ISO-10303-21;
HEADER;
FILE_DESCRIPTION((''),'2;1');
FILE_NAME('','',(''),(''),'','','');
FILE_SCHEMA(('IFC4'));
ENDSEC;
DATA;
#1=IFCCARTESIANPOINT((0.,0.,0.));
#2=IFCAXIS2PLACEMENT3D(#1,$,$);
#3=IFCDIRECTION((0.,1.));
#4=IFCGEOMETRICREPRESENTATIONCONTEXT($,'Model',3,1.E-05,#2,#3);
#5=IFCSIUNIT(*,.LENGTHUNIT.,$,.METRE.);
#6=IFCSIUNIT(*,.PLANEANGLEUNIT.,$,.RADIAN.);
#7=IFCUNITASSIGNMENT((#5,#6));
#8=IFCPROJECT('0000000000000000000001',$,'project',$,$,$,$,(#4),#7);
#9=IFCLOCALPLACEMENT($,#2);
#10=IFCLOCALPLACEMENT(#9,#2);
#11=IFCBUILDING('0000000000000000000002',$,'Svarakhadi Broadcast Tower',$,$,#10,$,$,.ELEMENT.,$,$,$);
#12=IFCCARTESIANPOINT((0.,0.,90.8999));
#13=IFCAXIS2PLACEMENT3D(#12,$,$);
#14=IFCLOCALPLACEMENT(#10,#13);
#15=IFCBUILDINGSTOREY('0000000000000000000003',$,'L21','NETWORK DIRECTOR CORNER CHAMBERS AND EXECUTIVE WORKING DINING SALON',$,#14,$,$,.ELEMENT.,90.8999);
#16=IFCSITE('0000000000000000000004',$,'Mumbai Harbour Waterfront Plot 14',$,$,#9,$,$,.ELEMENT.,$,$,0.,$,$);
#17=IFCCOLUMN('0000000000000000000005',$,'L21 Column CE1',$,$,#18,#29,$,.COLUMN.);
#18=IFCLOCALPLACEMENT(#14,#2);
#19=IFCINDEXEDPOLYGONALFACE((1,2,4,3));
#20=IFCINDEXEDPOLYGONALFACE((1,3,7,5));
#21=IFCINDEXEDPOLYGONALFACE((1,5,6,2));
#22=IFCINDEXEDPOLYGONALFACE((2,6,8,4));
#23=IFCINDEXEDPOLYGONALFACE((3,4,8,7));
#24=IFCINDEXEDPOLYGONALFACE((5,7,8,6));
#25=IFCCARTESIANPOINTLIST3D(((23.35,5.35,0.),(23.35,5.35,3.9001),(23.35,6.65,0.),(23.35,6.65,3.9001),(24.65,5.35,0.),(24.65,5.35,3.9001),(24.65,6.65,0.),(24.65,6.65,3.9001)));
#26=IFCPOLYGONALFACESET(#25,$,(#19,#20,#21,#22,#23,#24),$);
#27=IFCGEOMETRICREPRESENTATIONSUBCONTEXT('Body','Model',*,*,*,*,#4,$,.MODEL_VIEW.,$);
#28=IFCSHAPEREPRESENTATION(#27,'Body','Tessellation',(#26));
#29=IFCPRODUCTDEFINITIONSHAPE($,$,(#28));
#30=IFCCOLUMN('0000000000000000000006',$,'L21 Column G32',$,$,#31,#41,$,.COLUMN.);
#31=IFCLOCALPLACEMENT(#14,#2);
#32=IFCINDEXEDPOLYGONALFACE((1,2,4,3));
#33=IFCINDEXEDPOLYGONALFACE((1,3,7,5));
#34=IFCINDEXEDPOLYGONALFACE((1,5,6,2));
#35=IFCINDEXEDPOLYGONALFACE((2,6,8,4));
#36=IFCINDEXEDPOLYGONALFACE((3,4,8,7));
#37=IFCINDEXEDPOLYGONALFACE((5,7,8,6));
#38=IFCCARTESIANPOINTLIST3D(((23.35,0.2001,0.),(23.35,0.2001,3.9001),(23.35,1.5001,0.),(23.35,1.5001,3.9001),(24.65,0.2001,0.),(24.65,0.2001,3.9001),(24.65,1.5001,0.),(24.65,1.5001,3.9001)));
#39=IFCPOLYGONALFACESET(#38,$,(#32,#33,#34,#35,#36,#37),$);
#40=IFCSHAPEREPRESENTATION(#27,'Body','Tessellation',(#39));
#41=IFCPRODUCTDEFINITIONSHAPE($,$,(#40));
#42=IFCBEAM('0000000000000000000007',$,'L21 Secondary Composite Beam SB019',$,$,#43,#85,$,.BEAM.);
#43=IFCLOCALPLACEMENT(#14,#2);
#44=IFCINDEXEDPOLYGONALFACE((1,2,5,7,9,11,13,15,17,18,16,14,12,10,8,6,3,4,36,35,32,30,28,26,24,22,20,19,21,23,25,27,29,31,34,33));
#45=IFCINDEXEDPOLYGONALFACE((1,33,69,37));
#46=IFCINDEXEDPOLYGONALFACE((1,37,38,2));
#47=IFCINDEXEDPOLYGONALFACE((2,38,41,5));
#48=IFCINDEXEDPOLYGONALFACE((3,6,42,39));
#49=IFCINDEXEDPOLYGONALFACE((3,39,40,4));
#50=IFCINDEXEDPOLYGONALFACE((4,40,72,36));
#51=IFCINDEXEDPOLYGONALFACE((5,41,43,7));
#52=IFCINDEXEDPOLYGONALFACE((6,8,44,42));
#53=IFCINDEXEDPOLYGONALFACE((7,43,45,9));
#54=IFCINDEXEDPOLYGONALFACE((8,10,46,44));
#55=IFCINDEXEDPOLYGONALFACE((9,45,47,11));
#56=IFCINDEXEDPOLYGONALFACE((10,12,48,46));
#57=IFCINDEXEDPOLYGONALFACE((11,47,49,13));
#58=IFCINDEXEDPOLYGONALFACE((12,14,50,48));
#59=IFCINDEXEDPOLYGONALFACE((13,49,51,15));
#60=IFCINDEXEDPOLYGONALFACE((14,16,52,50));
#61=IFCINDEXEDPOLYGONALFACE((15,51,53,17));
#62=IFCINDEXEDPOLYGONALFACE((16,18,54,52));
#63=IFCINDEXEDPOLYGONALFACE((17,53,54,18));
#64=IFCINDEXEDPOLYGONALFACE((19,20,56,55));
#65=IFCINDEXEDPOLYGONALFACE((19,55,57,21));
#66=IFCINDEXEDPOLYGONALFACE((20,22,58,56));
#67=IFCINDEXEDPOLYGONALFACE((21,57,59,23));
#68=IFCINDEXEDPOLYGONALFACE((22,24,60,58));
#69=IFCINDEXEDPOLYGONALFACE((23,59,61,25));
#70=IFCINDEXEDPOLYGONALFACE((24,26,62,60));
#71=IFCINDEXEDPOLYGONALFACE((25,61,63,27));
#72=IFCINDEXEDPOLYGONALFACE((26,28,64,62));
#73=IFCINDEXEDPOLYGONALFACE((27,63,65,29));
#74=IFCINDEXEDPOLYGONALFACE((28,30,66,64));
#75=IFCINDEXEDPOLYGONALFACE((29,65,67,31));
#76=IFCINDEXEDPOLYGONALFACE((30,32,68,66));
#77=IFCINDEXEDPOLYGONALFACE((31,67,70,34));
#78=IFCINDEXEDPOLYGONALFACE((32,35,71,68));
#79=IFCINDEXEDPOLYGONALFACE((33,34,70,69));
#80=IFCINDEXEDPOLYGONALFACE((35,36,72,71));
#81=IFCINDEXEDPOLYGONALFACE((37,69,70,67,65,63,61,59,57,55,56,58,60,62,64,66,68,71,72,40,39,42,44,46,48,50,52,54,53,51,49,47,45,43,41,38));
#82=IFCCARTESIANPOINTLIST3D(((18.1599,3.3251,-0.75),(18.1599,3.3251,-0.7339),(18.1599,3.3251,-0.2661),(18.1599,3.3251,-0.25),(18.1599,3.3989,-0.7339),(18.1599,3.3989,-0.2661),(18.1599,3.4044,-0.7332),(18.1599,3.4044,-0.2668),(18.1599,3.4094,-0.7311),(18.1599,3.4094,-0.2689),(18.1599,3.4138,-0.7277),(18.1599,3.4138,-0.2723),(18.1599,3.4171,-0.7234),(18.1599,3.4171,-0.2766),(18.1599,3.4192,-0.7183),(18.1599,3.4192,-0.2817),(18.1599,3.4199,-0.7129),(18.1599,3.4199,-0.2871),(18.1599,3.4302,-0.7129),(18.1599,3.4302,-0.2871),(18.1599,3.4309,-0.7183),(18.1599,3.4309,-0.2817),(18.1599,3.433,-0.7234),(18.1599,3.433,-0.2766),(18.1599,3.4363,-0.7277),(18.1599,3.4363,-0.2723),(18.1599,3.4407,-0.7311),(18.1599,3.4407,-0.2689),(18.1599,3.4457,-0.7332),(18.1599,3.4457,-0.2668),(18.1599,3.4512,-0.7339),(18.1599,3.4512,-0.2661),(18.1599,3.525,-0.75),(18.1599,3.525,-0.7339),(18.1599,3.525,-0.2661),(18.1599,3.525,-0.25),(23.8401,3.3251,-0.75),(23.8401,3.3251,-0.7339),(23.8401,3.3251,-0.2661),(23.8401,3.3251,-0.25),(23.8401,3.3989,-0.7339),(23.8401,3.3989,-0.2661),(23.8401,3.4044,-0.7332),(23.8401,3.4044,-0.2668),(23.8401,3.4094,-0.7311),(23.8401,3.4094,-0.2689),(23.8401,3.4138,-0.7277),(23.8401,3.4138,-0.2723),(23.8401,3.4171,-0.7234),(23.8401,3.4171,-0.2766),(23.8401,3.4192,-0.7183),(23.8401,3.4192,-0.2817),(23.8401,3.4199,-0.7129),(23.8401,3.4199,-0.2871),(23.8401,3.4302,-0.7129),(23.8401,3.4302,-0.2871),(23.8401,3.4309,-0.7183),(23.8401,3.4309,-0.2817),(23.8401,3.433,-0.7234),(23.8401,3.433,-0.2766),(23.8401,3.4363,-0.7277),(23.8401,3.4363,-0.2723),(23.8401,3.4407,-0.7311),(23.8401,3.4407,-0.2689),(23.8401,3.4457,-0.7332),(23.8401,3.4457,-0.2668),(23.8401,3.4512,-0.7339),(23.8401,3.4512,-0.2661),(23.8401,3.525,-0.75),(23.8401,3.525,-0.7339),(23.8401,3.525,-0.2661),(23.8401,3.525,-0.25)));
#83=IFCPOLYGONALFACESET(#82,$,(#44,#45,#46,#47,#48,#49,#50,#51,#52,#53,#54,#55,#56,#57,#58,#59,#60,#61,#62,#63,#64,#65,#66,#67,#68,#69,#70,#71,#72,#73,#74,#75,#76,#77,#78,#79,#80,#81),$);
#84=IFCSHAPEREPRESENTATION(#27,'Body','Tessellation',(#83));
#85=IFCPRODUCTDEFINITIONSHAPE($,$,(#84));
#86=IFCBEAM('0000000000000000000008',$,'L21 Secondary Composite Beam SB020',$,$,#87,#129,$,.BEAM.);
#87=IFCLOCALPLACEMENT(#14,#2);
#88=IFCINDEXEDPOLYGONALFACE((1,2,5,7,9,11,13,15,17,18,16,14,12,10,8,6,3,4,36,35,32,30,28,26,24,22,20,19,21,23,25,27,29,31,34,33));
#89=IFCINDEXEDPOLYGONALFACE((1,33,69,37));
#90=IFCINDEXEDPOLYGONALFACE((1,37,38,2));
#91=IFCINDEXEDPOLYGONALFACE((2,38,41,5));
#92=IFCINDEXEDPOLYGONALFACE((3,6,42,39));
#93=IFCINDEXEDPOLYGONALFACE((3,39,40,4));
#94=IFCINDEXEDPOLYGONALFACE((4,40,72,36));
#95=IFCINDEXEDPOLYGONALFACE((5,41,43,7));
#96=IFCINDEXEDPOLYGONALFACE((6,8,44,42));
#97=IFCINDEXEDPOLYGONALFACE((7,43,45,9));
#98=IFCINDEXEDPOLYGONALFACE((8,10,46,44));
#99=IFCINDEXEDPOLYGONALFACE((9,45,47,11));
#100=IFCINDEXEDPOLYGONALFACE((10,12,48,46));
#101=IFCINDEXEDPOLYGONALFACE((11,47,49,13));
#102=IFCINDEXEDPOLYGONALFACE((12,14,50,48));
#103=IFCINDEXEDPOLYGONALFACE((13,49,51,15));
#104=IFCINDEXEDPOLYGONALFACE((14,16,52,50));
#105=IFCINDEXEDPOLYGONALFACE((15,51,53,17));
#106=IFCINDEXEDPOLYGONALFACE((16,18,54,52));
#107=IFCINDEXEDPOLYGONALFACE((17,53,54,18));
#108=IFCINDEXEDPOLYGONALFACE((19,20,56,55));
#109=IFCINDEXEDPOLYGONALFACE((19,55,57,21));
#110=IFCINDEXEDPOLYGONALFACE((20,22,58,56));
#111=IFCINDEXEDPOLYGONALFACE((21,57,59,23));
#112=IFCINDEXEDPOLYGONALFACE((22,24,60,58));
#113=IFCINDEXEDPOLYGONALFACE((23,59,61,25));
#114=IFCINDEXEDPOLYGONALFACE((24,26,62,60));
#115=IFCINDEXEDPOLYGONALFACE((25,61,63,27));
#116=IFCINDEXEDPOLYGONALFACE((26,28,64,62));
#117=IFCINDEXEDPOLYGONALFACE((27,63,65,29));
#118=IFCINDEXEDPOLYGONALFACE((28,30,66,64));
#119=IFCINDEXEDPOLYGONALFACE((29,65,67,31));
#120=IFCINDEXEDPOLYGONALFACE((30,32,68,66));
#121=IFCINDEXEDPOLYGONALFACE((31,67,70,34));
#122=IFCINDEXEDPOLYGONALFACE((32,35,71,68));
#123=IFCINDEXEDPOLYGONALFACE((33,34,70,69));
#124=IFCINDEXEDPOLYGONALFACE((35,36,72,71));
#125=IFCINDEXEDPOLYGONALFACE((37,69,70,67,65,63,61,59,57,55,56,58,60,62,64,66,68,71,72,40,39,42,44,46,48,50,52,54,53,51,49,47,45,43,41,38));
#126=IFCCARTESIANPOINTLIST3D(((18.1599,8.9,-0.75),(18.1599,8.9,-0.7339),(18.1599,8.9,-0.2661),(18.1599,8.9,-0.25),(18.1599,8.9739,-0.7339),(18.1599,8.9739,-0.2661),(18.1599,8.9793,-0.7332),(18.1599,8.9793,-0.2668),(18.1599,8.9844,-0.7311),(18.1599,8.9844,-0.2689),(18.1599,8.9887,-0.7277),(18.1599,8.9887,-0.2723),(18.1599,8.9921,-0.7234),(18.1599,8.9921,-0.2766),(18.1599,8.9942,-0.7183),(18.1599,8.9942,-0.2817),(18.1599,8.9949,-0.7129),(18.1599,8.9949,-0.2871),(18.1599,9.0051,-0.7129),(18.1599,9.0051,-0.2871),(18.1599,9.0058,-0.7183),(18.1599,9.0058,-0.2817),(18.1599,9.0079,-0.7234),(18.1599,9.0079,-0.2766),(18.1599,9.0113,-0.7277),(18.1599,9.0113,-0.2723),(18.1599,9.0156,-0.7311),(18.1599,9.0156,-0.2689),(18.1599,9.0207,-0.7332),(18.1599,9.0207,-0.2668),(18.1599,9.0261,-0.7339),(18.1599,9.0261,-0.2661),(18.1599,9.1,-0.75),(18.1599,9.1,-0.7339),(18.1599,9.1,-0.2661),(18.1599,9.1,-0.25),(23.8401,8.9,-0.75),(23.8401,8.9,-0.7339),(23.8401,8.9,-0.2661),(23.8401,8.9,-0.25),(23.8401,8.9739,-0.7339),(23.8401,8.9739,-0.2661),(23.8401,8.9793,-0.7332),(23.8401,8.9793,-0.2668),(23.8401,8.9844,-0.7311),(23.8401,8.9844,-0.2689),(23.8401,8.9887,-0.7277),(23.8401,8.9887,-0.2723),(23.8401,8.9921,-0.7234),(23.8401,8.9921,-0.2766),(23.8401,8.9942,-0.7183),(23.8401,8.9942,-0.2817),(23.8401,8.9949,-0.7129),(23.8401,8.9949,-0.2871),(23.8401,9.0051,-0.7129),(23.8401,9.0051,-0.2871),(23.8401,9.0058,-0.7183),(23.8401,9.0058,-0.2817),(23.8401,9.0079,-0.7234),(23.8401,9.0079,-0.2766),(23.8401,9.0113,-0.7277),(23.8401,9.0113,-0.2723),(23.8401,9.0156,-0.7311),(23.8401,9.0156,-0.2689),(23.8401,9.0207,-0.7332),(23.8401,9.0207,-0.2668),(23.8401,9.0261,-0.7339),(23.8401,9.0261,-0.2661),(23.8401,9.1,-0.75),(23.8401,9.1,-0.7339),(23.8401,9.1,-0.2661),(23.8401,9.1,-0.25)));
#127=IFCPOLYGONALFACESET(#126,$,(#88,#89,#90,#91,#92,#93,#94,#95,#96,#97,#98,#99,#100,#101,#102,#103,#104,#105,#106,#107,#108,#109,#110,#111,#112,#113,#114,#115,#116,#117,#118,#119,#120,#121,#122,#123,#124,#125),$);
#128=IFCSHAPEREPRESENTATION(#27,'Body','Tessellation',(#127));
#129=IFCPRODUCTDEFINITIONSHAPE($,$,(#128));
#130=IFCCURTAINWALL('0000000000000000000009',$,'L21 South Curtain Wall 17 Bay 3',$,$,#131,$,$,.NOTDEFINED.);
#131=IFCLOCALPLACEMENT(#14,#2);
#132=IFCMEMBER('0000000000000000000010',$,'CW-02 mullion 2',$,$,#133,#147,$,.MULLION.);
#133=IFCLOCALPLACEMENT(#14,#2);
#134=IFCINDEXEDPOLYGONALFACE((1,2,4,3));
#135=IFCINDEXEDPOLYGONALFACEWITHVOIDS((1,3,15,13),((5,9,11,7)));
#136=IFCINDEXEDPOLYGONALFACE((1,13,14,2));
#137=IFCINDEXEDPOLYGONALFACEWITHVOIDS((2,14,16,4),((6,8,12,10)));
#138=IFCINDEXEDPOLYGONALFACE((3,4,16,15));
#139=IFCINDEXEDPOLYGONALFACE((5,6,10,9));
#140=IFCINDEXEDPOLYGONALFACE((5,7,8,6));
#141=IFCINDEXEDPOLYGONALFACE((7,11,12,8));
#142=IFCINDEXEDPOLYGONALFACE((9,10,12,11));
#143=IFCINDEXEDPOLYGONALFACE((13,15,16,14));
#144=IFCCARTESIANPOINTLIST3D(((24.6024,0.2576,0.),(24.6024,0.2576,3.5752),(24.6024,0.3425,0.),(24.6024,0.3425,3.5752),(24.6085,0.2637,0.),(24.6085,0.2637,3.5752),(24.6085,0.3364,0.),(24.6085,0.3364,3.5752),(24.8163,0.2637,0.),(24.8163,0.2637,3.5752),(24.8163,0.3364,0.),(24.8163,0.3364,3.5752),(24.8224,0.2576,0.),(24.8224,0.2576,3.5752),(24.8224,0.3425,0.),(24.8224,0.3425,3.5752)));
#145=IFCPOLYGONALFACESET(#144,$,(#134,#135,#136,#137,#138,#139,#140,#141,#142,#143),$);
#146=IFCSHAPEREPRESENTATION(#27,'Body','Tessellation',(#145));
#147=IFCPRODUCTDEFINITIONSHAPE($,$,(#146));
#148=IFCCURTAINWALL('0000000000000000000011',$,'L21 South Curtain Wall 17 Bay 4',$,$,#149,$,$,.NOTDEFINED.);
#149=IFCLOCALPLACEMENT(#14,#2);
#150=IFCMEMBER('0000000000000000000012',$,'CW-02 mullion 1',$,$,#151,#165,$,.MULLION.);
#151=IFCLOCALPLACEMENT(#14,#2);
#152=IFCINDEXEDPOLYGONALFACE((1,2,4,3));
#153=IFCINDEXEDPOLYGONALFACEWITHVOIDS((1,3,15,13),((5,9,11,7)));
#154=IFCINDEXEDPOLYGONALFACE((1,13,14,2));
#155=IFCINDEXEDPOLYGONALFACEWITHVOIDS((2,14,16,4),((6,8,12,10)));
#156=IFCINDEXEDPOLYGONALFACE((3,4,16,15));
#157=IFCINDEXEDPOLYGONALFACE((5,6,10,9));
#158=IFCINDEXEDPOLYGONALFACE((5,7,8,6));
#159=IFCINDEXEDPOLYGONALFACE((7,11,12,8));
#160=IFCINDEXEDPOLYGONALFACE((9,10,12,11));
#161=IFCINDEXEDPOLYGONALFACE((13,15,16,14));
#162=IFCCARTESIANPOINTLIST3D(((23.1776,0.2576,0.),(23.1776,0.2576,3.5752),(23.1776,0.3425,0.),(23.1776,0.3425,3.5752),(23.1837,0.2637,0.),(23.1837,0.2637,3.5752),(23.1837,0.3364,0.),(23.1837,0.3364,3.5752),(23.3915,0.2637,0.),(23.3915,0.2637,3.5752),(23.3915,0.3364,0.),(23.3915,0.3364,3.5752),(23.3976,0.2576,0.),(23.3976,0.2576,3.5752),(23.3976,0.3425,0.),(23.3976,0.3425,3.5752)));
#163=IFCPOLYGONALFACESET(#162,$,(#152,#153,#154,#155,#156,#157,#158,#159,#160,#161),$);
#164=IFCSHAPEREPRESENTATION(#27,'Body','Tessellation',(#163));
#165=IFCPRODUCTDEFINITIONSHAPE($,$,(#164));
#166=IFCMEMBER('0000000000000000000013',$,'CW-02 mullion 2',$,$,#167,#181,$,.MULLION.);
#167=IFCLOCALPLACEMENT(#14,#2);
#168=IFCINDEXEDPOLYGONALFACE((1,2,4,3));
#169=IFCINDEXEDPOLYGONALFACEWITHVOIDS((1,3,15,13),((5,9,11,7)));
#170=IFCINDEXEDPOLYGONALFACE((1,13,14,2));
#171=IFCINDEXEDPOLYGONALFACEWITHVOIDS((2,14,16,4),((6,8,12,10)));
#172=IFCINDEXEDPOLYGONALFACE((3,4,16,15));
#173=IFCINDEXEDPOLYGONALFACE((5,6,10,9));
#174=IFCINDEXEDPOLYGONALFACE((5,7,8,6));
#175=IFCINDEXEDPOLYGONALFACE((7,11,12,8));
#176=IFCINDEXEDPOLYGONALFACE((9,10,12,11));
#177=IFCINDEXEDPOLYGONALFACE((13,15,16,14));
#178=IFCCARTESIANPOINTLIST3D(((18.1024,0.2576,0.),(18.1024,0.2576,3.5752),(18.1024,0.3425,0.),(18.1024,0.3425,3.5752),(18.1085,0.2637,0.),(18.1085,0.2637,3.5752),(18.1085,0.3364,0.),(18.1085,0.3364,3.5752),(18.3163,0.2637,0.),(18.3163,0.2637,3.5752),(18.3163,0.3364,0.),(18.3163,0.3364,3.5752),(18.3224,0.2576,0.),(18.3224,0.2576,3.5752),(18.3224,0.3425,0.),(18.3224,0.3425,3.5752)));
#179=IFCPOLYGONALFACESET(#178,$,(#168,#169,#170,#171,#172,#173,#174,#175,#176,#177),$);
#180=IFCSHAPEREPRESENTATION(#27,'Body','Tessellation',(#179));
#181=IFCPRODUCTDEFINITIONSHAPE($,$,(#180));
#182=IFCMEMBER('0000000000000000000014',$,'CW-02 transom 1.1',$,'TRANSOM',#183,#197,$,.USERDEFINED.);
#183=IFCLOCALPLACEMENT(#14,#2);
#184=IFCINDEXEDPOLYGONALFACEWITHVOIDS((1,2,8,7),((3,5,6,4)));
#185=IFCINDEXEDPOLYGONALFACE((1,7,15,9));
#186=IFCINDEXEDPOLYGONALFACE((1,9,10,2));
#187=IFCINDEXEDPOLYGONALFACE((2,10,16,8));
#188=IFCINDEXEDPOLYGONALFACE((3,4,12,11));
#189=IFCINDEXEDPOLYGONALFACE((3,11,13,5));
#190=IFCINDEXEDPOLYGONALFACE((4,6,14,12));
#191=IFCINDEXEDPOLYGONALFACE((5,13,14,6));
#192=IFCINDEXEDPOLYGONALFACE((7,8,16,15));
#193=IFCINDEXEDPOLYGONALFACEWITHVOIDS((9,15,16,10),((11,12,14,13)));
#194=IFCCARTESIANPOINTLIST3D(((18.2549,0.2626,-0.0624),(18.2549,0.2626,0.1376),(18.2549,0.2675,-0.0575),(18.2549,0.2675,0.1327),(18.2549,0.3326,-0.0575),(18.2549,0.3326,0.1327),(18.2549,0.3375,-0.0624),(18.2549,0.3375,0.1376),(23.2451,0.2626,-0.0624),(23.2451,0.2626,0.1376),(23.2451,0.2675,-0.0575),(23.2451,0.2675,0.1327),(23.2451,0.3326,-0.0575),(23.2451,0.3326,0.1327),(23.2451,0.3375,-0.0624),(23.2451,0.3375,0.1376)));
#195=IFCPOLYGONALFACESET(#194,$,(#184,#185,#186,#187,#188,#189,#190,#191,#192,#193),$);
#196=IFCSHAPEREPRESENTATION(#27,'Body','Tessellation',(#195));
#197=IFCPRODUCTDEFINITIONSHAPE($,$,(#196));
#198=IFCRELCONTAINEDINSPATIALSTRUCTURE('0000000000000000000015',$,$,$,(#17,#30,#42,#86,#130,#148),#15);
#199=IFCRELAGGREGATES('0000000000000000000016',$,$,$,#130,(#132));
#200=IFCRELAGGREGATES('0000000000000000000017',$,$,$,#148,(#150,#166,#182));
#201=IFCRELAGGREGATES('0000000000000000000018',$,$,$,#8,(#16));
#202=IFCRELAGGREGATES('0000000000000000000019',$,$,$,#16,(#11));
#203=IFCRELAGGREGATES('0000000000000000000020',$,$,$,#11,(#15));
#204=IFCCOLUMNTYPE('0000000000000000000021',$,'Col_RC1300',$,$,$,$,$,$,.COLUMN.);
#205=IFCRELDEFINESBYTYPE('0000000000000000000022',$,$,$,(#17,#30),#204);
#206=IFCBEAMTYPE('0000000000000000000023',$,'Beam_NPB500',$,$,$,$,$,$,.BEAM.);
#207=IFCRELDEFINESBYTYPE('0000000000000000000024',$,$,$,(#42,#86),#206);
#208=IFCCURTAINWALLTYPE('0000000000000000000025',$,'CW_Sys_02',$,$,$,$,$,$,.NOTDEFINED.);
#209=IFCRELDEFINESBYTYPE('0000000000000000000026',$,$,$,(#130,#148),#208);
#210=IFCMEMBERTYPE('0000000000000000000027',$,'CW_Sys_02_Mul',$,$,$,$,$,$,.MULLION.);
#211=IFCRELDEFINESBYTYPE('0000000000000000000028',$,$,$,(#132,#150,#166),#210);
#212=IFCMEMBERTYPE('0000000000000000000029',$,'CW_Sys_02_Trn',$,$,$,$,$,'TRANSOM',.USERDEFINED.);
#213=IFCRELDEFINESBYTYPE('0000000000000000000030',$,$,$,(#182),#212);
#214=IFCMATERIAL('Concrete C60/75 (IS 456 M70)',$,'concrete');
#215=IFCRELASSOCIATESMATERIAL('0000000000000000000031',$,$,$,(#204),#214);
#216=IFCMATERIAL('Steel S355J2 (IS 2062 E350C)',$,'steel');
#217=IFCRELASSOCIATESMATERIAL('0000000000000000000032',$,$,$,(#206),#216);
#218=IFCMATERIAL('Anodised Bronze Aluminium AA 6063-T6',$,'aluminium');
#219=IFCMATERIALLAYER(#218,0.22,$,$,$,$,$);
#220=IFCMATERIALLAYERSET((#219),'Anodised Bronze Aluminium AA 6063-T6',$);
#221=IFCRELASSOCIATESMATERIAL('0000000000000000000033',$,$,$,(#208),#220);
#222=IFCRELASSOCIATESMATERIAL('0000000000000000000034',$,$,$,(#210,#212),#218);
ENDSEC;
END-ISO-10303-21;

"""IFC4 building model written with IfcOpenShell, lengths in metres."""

from ifc_helpers import new_model, si_unit, direction, frame, origin, origin_2d, place, context, subcontext, project, spatial, rectangle, hollow_rectangle, i_section, extrude, material, layer, layer_set, material_profile, profile_set, type_object, element, aggregate, save


model = new_model("IFC4")

# Units and contexts
model_context = context("Model", 3, precision=1e-05, world=origin(), true_north=direction((0.0, 1.0)))
body_context = subcontext(model_context, "Body", "Model", "MODEL_VIEW")
ifc_project = project(units=[si_unit("LENGTHUNIT", "METRE"), si_unit("PLANEANGLEUNIT", "RADIAN")], contexts=[model_context])

# Site, building, storey
site_placement = place(None, origin())
site = spatial("IfcSite", under=ifc_project, at=site_placement, Name="Mumbai Harbour Waterfront Plot 14", CompositionType="ELEMENT", RefElevation=0.0)
building_placement = place(site_placement, origin())
building = spatial("IfcBuilding", under=site, at=building_placement, Name="Svarakhadi Broadcast Tower", CompositionType="ELEMENT")
storey_placement = place(building_placement, frame((0.0, 0.0, 90.8999)))
storey = spatial("IfcBuildingStorey", under=building, at=storey_placement, Name="L21", Description="NETWORK DIRECTOR CORNER CHAMBERS AND EXECUTIVE WORKING DINING SALON", CompositionType="ELEMENT", Elevation=90.8999)

# Columns
ifc_material_1 = material(Name="Concrete C60/75 (IS 456 M70)", Category="concrete")
ifc_material_profile_1 = material_profile(ifc_material_1, rectangle(XDim=1.3, YDim=1.3, at=origin_2d()), Name="RC 1300x1300")
ifc_profile_set_1 = profile_set([ifc_material_profile_1], Name="Concrete C60/75 (IS 456 M70)")
column_type = type_object("IfcColumnType", Name="Col_RC1300", PredefinedType="COLUMN", material=ifc_profile_set_1)
for number, where, z_axis, x_axis, name in (
    (1, (24.0, 6.0, 0.0), (0.0, 0.0, 1.0), (1.0, 0.0, 0.0), "L21 Column CE1"),
    (2, (24.0, 0.8501, 0.0), (0.0, 0.0, 1.0), (1.0, 0.0, 0.0), "L21 Column G32"),
):
    element("IfcColumn", number, at=place(storey_placement, frame(where, z_axis=z_axis, x_axis=x_axis)), inside=storey, type_object=column_type, Name=name, PredefinedType="COLUMN", context=body_context, shape_type="SweptSolid", body=[
        extrude(rectangle(XDim=1.3, YDim=1.3, at=origin_2d()), origin(), (0.0, 0.0, 1.0), 3.9001),
    ])

# Beams
ifc_material_2 = material(Name="Steel S355J2 (IS 2062 E350C)", Category="steel")
ifc_material_profile_2 = material_profile(ifc_material_2, i_section(OverallWidth=0.2, OverallDepth=0.5, WebThickness=0.0103, FlangeThickness=0.0161, FilletRadius=0.021, at=origin_2d()), Name="NPB 500x200x91")
ifc_profile_set_2 = profile_set([ifc_material_profile_2], Name="Steel S355J2 (IS 2062 E350C)")
beam_type_1 = type_object("IfcBeamType", Name="Beam_NPB500", PredefinedType="BEAM", material=ifc_profile_set_2)
for number, where, z_axis, x_axis, name in (
    (3, (18.1599, 3.425, -0.5), (1.0, 0.0, 0.0), (0.0, 1.0, 0.0), "L21 Secondary Composite Beam SB019"),
    (4, (18.1599, 9.0, -0.5), (1.0, 0.0, 0.0), (0.0, 1.0, 0.0), "L21 Secondary Composite Beam SB020"),
):
    element("IfcBeam", number, at=place(storey_placement, frame(where, z_axis=z_axis, x_axis=x_axis)), inside=storey, type_object=beam_type_1, Name=name, PredefinedType="BEAM", context=body_context, shape_type="SweptSolid", body=[
        extrude(i_section(OverallWidth=0.2, OverallDepth=0.5, WebThickness=0.0103, FlangeThickness=0.0161, FilletRadius=0.021, at=origin_2d()), origin(), (0.0, 0.0, 1.0), 5.6802),
    ])

# Curtain wall, member
ifc_material_3 = material(Name="Anodised Bronze Aluminium AA 6063-T6", Category="aluminium")
ifc_layer_1 = layer(ifc_material_3, 0.22)
ifc_layer_set_1 = layer_set([ifc_layer_1], Name="Anodised Bronze Aluminium AA 6063-T6")
curtain_wall_type = type_object("IfcCurtainWallType", Name="CW_Sys_02", PredefinedType="NOTDEFINED", material=ifc_layer_set_1)
curtain_wall_1_placement = place(storey_placement, origin())
curtain_wall_1 = element("IfcCurtainWall", 5, at=curtain_wall_1_placement, inside=storey, type_object=curtain_wall_type, Name="L21 South Curtain Wall 17 Bay 3", PredefinedType="NOTDEFINED")
ifc_material_profile_3 = material_profile(ifc_material_3, hollow_rectangle(XDim=0.085, YDim=0.22, WallThickness=0.0061, at=origin_2d()), Name="ALU MULLION 220x85x6")
ifc_profile_set_3 = profile_set([ifc_material_profile_3], Name="Anodised Bronze Aluminium AA 6063-T6")
member_type_1 = type_object("IfcMemberType", Name="CW_Sys_02_Mul", PredefinedType="MULLION", material=ifc_profile_set_3)
member_1_placement = place(storey_placement, frame((24.7124, 0.3, 0.0), z_axis=(0.0, 0.0, 1.0), x_axis=(0.0, -1.0, 0.0)))
member_1 = element("IfcMember", 6, at=member_1_placement, type_object=member_type_1, Name="CW-02 mullion 2", PredefinedType="MULLION", context=body_context, shape_type="SweptSolid", body=[
    extrude(hollow_rectangle(XDim=0.085, YDim=0.22, WallThickness=0.0061, at=origin_2d()), origin(), (0.0, 0.0, 1.0), 3.5752),
])

# Curtain wall, members
curtain_wall_2_placement = place(storey_placement, origin())
curtain_wall_2 = element("IfcCurtainWall", 7, at=curtain_wall_2_placement, inside=storey, type_object=curtain_wall_type, Name="L21 South Curtain Wall 17 Bay 4", PredefinedType="NOTDEFINED")
member_2_placement = place(storey_placement, frame((23.2876, 0.3, 0.0), z_axis=(0.0, 0.0, 1.0), x_axis=(0.0, -1.0, 0.0)))
member_2 = element("IfcMember", 8, at=member_2_placement, type_object=member_type_1, Name="CW-02 mullion 1", PredefinedType="MULLION", context=body_context, shape_type="SweptSolid", body=[
    extrude(hollow_rectangle(XDim=0.085, YDim=0.22, WallThickness=0.0061, at=origin_2d()), origin(), (0.0, 0.0, 1.0), 3.5752),
])
member_3_placement = place(storey_placement, frame((18.2124, 0.3, 0.0), z_axis=(0.0, 0.0, 1.0), x_axis=(0.0, -1.0, 0.0)))
member_3 = element("IfcMember", 9, at=member_3_placement, type_object=member_type_1, Name="CW-02 mullion 2", PredefinedType="MULLION", context=body_context, shape_type="SweptSolid", body=[
    extrude(hollow_rectangle(XDim=0.085, YDim=0.22, WallThickness=0.0061, at=origin_2d()), origin(), (0.0, 0.0, 1.0), 3.5752),
])
ifc_material_profile_4 = material_profile(ifc_material_3, hollow_rectangle(XDim=0.075, YDim=0.2, WallThickness=0.0049, at=origin_2d()), Name="ALU TRANSOM 200x75x5")
ifc_profile_set_4 = profile_set([ifc_material_profile_4], Name="Anodised Bronze Aluminium AA 6063-T6")
member_type_2 = type_object("IfcMemberType", Name="CW_Sys_02_Trn", ElementType="TRANSOM", PredefinedType="USERDEFINED", material=ifc_profile_set_4)
member_4_placement = place(storey_placement, frame((23.2451, 0.3, 0.0376), z_axis=(-1.0, 0.0, 0.0), x_axis=(0.0, -1.0, 0.0)))
member_4 = element("IfcMember", 10, at=member_4_placement, type_object=member_type_2, Name="CW-02 transom 1.1", ObjectType="TRANSOM", PredefinedType="USERDEFINED", context=body_context, shape_type="SweptSolid", body=[
    extrude(hollow_rectangle(XDim=0.075, YDim=0.2, WallThickness=0.0049, at=origin_2d()), origin(), (0.0, 0.0, 1.0), 4.9902),
])

aggregate(curtain_wall_1, [member_1])
aggregate(curtain_wall_2, [member_2, member_3, member_4])

save(model, "model.ifc")
